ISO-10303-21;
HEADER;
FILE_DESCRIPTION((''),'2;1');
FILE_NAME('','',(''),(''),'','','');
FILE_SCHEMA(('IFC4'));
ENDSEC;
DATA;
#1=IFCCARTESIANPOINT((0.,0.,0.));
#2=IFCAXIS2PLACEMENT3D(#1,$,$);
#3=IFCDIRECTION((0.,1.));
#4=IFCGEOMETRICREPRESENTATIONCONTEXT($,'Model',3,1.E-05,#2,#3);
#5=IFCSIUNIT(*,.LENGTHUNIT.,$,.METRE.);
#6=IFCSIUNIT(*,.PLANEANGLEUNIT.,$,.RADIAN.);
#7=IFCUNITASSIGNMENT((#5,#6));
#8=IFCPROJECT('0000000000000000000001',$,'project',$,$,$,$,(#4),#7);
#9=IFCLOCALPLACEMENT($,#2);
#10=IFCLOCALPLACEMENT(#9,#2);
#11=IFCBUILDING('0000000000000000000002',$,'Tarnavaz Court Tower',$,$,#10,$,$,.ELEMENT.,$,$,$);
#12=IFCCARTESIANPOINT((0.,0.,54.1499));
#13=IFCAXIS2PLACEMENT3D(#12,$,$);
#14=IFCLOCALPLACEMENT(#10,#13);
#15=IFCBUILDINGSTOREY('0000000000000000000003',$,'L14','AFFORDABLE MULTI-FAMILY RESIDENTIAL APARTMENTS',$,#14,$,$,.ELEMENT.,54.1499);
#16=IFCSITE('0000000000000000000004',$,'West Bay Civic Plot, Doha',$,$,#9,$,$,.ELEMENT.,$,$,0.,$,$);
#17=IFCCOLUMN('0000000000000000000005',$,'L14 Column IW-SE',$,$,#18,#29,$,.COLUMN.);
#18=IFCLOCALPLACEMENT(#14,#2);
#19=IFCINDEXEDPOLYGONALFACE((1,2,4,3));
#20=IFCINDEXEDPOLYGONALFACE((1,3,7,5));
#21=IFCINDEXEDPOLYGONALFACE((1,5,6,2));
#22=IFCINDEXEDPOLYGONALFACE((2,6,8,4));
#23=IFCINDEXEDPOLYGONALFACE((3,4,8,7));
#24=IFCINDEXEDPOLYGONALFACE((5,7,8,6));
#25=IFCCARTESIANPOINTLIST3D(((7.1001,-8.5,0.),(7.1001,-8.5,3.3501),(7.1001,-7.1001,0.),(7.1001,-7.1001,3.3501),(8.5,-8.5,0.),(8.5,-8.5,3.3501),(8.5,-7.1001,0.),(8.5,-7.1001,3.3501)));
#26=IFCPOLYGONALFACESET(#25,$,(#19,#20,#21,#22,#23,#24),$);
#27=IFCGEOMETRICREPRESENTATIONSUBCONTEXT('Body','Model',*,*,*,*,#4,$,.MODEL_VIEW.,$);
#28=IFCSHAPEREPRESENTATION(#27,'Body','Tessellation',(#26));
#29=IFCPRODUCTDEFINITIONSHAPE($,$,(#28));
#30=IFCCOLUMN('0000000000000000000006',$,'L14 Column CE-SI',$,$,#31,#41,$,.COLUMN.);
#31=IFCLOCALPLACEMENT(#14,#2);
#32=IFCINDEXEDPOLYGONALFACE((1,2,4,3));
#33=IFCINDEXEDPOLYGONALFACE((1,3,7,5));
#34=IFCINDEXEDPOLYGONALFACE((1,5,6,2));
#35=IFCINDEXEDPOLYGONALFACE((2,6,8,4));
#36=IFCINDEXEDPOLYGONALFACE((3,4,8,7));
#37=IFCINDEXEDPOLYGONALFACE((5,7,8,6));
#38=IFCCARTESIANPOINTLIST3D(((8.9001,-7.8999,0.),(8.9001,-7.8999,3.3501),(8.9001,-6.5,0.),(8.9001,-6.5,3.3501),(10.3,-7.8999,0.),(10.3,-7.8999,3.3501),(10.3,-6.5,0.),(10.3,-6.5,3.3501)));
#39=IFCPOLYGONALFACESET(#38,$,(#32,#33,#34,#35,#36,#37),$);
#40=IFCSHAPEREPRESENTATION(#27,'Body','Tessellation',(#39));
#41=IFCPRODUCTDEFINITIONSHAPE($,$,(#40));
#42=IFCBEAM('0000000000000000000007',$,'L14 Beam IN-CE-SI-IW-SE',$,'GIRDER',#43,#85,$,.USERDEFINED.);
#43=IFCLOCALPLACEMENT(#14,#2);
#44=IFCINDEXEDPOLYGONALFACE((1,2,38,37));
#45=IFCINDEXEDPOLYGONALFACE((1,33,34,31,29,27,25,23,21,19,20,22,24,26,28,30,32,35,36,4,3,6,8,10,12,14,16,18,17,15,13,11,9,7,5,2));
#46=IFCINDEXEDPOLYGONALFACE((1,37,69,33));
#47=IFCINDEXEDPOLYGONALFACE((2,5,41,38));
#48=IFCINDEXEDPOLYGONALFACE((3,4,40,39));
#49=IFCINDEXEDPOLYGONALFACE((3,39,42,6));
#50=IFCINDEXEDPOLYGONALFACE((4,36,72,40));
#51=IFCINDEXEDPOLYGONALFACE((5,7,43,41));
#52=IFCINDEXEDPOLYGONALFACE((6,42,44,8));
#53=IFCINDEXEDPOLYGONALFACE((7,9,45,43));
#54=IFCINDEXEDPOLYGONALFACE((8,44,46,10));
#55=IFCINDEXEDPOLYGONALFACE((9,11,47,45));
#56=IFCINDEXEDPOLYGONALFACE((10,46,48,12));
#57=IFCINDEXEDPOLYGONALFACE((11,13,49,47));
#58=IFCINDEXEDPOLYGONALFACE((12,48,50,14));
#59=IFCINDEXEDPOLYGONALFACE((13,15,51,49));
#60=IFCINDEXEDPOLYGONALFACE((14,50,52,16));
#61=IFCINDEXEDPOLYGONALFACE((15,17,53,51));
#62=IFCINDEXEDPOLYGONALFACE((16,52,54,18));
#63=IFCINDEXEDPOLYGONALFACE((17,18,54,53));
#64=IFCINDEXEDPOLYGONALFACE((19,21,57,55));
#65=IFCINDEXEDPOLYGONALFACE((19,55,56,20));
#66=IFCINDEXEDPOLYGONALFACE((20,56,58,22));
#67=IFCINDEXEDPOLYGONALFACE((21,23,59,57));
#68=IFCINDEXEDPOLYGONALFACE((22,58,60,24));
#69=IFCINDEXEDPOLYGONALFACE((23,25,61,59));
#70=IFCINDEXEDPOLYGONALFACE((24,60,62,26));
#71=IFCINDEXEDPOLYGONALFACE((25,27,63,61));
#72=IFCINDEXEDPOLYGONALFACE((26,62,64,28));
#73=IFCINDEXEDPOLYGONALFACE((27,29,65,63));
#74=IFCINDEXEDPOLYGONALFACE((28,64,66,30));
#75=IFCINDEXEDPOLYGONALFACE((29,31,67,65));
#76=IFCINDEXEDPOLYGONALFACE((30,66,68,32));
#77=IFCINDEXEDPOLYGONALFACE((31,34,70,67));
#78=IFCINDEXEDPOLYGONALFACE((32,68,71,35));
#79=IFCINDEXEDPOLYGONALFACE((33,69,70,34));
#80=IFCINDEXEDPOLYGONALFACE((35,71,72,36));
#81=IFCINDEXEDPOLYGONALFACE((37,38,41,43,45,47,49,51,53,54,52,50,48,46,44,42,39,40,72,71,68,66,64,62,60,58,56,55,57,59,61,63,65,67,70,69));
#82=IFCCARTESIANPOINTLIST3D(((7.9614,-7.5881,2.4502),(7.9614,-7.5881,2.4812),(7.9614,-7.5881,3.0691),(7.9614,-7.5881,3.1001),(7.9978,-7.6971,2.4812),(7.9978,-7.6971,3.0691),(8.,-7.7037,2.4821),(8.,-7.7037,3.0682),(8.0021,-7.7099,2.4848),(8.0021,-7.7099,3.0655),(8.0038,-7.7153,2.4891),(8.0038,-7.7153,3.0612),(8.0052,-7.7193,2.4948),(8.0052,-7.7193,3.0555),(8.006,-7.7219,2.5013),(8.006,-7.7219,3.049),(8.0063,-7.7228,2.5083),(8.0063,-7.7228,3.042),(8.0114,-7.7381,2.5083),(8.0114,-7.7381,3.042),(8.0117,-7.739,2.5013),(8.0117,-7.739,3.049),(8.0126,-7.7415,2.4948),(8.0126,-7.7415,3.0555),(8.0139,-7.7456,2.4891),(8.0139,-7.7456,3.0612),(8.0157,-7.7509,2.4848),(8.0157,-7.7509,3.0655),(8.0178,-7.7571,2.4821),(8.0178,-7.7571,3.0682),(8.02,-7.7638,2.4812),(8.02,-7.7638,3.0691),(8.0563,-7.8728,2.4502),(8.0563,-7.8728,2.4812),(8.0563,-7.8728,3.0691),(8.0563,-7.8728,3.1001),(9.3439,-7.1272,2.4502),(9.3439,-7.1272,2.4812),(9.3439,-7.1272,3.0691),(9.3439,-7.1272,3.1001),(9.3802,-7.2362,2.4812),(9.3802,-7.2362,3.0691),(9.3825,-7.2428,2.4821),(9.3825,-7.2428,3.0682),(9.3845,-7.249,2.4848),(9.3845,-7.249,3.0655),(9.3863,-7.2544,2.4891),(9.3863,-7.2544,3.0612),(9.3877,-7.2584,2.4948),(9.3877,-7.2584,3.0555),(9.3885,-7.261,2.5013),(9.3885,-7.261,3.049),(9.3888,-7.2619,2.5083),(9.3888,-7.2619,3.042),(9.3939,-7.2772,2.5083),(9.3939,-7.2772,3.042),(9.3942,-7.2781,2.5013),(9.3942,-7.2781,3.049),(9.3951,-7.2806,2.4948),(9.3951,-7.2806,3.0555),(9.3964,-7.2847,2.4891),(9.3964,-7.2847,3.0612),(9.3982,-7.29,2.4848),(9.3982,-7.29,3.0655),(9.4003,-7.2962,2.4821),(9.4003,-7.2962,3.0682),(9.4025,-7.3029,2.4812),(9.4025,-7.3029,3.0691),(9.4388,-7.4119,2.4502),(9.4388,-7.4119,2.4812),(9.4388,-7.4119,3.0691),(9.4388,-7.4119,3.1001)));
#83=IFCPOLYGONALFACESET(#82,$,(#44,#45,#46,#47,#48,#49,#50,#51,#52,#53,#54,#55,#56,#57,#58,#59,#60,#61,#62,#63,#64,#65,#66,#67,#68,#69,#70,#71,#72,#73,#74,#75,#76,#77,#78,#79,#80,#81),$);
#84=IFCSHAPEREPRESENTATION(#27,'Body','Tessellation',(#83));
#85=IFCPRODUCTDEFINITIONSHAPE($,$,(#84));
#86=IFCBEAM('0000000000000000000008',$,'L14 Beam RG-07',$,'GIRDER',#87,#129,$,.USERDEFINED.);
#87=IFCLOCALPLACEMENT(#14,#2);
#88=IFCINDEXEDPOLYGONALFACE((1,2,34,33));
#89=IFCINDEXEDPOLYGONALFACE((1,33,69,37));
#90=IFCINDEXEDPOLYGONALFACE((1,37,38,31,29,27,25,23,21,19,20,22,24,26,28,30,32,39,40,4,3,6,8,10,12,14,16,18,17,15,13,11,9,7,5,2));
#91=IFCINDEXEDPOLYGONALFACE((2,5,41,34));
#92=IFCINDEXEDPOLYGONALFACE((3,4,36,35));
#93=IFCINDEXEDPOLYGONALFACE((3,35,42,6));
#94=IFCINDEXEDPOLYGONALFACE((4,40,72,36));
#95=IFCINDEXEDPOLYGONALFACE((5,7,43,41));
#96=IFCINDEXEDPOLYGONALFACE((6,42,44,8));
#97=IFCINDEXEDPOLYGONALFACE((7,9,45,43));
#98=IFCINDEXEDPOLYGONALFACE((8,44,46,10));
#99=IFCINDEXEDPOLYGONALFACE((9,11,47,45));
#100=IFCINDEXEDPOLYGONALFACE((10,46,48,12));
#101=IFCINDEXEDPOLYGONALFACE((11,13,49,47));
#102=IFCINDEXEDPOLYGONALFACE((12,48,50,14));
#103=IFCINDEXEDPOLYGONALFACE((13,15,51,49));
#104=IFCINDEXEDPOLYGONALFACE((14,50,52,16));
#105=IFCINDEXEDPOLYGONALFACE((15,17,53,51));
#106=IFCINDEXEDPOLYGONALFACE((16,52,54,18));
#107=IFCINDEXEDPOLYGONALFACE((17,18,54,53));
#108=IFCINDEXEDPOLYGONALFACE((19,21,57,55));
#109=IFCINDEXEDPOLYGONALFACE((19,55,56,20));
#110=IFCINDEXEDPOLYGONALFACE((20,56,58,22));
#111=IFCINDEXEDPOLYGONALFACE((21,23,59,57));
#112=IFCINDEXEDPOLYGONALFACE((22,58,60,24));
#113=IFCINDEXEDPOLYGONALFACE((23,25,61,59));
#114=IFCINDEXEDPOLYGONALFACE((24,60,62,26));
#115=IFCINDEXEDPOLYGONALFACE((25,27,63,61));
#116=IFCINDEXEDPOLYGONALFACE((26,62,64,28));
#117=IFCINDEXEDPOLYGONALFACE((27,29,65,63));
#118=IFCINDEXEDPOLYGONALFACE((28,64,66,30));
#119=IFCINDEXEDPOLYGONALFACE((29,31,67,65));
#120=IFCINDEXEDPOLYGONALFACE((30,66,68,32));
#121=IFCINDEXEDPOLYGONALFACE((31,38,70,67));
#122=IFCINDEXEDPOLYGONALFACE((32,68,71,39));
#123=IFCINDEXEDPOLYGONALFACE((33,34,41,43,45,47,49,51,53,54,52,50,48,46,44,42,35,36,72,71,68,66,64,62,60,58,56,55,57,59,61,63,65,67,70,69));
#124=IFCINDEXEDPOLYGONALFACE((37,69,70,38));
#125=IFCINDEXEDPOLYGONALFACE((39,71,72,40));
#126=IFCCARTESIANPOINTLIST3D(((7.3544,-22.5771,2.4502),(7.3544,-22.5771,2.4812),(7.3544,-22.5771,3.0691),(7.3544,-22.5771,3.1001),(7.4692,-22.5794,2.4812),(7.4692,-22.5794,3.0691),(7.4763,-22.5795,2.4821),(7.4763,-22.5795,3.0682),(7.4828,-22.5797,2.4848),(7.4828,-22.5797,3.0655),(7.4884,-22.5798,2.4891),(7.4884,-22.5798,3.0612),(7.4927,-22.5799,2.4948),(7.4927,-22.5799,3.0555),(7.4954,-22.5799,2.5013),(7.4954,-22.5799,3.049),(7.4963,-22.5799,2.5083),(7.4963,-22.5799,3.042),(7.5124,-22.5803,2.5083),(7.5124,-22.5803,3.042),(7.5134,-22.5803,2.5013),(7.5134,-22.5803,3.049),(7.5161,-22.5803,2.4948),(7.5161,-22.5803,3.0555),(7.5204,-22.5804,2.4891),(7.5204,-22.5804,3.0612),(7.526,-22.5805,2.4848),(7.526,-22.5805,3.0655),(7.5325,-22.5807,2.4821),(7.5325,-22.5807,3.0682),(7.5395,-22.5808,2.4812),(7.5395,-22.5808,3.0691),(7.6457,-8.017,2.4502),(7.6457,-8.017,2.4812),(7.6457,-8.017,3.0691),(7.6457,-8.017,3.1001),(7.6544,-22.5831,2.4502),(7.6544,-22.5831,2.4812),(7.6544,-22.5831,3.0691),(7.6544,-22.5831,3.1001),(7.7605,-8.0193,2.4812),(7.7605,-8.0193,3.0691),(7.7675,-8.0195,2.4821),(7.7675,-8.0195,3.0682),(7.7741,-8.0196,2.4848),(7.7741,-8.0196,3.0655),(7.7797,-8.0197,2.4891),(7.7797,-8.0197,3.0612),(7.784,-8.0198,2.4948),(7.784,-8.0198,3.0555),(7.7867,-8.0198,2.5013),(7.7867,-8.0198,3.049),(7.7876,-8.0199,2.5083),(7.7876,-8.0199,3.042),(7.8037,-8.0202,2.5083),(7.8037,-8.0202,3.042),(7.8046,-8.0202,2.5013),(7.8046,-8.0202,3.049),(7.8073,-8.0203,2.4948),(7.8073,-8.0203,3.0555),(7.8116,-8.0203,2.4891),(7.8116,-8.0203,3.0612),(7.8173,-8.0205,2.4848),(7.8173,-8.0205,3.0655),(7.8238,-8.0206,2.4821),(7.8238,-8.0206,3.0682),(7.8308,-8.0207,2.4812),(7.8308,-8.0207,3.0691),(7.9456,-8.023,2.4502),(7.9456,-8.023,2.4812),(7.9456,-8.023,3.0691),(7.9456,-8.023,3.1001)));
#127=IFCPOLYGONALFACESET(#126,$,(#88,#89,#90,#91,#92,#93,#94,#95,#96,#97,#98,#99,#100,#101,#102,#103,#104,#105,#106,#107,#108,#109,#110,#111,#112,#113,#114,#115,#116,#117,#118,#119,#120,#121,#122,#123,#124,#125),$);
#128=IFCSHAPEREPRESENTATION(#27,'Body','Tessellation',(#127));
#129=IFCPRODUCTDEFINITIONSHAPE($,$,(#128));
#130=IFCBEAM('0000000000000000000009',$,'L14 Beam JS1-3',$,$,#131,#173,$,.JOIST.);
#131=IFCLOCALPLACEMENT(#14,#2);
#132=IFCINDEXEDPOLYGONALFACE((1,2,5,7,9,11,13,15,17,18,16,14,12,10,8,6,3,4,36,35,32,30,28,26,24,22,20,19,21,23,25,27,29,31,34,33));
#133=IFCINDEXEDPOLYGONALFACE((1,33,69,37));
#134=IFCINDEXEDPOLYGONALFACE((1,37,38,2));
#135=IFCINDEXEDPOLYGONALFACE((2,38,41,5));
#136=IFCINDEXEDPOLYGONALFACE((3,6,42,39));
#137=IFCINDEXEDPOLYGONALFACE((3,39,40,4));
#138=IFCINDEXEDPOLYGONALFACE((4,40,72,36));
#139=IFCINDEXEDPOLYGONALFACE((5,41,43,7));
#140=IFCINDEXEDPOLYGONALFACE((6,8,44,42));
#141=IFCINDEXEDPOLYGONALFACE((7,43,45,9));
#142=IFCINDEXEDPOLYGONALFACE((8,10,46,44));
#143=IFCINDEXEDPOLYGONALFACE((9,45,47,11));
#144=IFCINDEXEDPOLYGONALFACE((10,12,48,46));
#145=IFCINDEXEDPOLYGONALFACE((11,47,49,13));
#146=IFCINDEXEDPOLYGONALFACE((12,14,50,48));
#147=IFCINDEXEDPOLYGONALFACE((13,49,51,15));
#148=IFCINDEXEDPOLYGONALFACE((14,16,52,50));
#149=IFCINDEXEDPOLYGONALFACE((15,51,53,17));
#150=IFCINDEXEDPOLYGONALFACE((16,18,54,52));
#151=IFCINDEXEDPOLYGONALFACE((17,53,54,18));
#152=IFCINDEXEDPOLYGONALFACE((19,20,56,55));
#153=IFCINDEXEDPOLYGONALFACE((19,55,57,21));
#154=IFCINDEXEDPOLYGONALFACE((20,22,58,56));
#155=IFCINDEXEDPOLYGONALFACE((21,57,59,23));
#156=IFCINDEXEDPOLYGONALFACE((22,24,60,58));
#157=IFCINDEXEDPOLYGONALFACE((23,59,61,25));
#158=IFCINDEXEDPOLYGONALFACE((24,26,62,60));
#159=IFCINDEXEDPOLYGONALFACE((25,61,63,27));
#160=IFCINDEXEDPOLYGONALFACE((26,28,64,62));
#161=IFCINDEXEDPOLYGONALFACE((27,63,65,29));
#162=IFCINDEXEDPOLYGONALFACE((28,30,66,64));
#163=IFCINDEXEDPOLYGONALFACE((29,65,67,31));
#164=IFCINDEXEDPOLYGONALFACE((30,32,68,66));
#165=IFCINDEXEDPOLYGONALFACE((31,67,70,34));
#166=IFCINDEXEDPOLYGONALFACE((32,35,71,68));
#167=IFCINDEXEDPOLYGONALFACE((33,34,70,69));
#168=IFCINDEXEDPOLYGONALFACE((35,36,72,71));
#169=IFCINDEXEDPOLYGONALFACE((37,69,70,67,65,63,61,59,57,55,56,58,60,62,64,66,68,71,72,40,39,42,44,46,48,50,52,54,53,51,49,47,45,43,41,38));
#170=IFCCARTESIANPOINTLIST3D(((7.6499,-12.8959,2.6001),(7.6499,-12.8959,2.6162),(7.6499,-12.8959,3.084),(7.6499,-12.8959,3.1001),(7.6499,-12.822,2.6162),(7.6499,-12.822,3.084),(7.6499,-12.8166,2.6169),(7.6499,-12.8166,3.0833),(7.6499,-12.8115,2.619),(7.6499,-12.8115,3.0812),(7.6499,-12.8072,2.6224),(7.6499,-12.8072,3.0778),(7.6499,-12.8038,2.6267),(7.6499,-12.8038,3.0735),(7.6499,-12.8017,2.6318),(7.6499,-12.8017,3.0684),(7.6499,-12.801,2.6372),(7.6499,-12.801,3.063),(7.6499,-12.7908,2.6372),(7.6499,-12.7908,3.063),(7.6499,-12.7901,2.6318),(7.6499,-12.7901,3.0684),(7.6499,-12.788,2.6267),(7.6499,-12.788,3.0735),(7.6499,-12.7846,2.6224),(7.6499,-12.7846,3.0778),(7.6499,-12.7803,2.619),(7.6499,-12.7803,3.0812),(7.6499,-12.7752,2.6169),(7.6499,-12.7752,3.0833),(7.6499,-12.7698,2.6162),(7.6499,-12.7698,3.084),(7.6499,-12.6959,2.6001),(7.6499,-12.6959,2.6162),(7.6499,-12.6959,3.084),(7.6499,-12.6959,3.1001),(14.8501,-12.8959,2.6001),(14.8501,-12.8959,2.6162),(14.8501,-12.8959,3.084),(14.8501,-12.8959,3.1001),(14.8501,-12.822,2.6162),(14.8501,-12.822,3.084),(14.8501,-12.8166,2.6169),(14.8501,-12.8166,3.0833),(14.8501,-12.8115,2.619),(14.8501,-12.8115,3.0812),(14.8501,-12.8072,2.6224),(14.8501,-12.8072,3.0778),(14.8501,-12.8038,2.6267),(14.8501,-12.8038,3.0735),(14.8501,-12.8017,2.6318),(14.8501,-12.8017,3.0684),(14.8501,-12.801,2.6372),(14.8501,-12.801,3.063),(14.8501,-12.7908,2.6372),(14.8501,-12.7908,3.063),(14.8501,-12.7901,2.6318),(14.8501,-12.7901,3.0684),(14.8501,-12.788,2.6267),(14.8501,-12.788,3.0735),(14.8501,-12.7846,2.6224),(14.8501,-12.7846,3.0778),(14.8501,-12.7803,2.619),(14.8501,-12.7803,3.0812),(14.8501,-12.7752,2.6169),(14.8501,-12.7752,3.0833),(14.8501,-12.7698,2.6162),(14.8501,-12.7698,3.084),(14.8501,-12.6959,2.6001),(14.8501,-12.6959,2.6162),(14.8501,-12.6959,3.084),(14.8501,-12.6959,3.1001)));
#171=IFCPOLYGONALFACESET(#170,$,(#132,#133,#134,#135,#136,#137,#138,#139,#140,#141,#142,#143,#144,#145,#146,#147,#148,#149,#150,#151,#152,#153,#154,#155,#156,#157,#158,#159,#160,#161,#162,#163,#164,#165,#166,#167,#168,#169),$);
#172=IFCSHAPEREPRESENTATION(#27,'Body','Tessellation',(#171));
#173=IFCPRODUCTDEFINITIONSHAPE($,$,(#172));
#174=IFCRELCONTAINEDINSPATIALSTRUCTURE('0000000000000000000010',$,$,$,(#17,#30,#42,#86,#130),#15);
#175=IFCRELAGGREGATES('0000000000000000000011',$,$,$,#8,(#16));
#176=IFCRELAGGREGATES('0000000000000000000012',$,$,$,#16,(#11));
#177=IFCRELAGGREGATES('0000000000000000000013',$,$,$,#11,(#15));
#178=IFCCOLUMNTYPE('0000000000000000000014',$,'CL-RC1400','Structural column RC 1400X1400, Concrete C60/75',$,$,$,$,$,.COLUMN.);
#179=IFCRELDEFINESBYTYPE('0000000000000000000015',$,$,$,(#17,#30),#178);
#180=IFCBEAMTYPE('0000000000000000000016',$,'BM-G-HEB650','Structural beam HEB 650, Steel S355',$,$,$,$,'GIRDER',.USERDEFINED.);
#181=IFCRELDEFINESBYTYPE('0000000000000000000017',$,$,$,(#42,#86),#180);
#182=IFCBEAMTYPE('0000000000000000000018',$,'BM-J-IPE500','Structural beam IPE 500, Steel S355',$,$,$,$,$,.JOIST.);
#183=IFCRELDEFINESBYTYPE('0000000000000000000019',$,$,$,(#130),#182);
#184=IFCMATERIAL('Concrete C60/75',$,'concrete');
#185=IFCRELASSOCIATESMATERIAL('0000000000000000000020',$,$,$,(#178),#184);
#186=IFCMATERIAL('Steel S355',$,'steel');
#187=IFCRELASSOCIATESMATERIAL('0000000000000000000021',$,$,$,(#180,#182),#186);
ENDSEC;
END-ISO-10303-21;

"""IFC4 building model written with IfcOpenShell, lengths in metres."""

from ifc_helpers import new_model, si_unit, direction, frame, origin, origin_2d, place, context, subcontext, project, spatial, rectangle, i_section, extrude, material, material_profile, profile_set, type_object, element, save


model = new_model("IFC4")

# Units and contexts
model_context = context("Model", 3, precision=1e-05, world=origin(), true_north=direction((0.0, 1.0)))
body_context = subcontext(model_context, "Body", "Model", "MODEL_VIEW")
ifc_project = project(units=[si_unit("LENGTHUNIT", "METRE"), si_unit("PLANEANGLEUNIT", "RADIAN")], contexts=[model_context])

# Site, building, storey
site_placement = place(None, origin())
site = spatial("IfcSite", under=ifc_project, at=site_placement, Name="West Bay Civic Plot, Doha", CompositionType="ELEMENT", RefElevation=0.0)
building_placement = place(site_placement, origin())
building = spatial("IfcBuilding", under=site, at=building_placement, Name="Tarnavaz Court Tower", CompositionType="ELEMENT")
storey_placement = place(building_placement, frame((0.0, 0.0, 54.1499)))
storey = spatial("IfcBuildingStorey", under=building, at=storey_placement, Name="L14", Description="AFFORDABLE MULTI-FAMILY RESIDENTIAL APARTMENTS", CompositionType="ELEMENT", Elevation=54.1499)

# Columns
ifc_material_1 = material(Name="Concrete C60/75", Category="concrete")
ifc_material_profile_1 = material_profile(ifc_material_1, rectangle(XDim=1.3999, YDim=1.3999, at=origin_2d()), Name="RC 1400X1400")
ifc_profile_set_1 = profile_set([ifc_material_profile_1], Name="Concrete C60/75")
column_type = type_object("IfcColumnType", Name="CL-RC1400", Description="Structural column RC 1400X1400, Concrete C60/75", PredefinedType="COLUMN", material=ifc_profile_set_1)
for number, where, z_axis, x_axis, name in (
    (1, (7.8, -7.8, 0.0), (0.0, 0.0, 1.0), (1.0, 0.0, 0.0), "L14 Column IW-SE"),
    (2, (9.6001, -7.2, 0.0), (0.0, 0.0, 1.0), (1.0, 0.0, 0.0), "L14 Column CE-SI"),
):
    element("IfcColumn", number, at=place(storey_placement, frame(where, z_axis=z_axis, x_axis=x_axis)), inside=storey, type_object=column_type, Name=name, PredefinedType="COLUMN", context=body_context, shape_type="SweptSolid", body=[
        extrude(rectangle(XDim=1.3999, YDim=1.3999, at=origin_2d()), origin(), (0.0, 0.0, 1.0), 3.3501),
    ])

# Beams
ifc_material_2 = material(Name="Steel S355", Category="steel")
ifc_material_profile_2 = material_profile(ifc_material_2, i_section(OverallWidth=0.3, OverallDepth=0.6499, WebThickness=0.0161, FlangeThickness=0.031, FilletRadius=0.0271, at=origin_2d()), Name="HEB 650")
ifc_profile_set_2 = profile_set([ifc_material_profile_2], Name="Steel S355")
beam_type_1 = type_object("IfcBeamType", Name="BM-G-HEB650", Description="Structural beam HEB 650, Steel S355", ElementType="GIRDER", PredefinedType="USERDEFINED", material=ifc_profile_set_2)
beam_1_placement = place(storey_placement, frame((9.3914, -7.2695, 2.7751), z_axis=(-0.948667, -0.316278, 0.0), x_axis=(0.316278, -0.948667, 0.0)))
element("IfcBeam", 3, at=beam_1_placement, inside=storey, type_object=beam_type_1, Name="L14 Beam IN-CE-SI-IW-SE", ObjectType="GIRDER", PredefinedType="USERDEFINED", context=body_context, shape_type="SweptSolid", body=[
    extrude(i_section(OverallWidth=0.3, OverallDepth=0.6499, WebThickness=0.0161, FlangeThickness=0.031, FilletRadius=0.0271, at=origin_2d()), origin(), (0.0, 0.0, 1.0), 1.4573),
])
beam_2_placement = place(storey_placement, frame((7.7957, -8.02, 2.7751), z_axis=(-0.02, -0.9998, 0.0), x_axis=(0.9998, -0.02, 0.0)))
element("IfcBeam", 4, at=beam_2_placement, inside=storey, type_object=beam_type_1, Name="L14 Beam RG-07", ObjectType="GIRDER", PredefinedType="USERDEFINED", context=body_context, shape_type="SweptSolid", body=[
    extrude(i_section(OverallWidth=0.3, OverallDepth=0.6499, WebThickness=0.0161, FlangeThickness=0.031, FilletRadius=0.0271, at=origin_2d()), origin(), (0.0, 0.0, 1.0), 14.563),
])
ifc_material_profile_3 = material_profile(ifc_material_2, i_section(OverallWidth=0.2, OverallDepth=0.5, WebThickness=0.0103, FlangeThickness=0.0161, FilletRadius=0.021, at=origin_2d()), Name="IPE 500")
ifc_profile_set_3 = profile_set([ifc_material_profile_3], Name="Steel S355")
beam_type_2 = type_object("IfcBeamType", Name="BM-J-IPE500", Description="Structural beam IPE 500, Steel S355", PredefinedType="JOIST", material=ifc_profile_set_3)
for number, where, z_axis, x_axis, name in (
    (5, (7.6499, -12.7959, 2.8501), (1.0, 0.0, 0.0), (0.0, 1.0, 0.0), "L14 Beam JS1-3"),
):
    element("IfcBeam", number, at=place(storey_placement, frame(where, z_axis=z_axis, x_axis=x_axis)), inside=storey, type_object=beam_type_2, Name=name, PredefinedType="JOIST", context=body_context, shape_type="SweptSolid", body=[
        extrude(i_section(OverallWidth=0.2, OverallDepth=0.5, WebThickness=0.0103, FlangeThickness=0.0161, FilletRadius=0.021, at=origin_2d()), origin(), (0.0, 0.0, 1.0), 7.2002),
    ])

save(model, "model.ifc")
